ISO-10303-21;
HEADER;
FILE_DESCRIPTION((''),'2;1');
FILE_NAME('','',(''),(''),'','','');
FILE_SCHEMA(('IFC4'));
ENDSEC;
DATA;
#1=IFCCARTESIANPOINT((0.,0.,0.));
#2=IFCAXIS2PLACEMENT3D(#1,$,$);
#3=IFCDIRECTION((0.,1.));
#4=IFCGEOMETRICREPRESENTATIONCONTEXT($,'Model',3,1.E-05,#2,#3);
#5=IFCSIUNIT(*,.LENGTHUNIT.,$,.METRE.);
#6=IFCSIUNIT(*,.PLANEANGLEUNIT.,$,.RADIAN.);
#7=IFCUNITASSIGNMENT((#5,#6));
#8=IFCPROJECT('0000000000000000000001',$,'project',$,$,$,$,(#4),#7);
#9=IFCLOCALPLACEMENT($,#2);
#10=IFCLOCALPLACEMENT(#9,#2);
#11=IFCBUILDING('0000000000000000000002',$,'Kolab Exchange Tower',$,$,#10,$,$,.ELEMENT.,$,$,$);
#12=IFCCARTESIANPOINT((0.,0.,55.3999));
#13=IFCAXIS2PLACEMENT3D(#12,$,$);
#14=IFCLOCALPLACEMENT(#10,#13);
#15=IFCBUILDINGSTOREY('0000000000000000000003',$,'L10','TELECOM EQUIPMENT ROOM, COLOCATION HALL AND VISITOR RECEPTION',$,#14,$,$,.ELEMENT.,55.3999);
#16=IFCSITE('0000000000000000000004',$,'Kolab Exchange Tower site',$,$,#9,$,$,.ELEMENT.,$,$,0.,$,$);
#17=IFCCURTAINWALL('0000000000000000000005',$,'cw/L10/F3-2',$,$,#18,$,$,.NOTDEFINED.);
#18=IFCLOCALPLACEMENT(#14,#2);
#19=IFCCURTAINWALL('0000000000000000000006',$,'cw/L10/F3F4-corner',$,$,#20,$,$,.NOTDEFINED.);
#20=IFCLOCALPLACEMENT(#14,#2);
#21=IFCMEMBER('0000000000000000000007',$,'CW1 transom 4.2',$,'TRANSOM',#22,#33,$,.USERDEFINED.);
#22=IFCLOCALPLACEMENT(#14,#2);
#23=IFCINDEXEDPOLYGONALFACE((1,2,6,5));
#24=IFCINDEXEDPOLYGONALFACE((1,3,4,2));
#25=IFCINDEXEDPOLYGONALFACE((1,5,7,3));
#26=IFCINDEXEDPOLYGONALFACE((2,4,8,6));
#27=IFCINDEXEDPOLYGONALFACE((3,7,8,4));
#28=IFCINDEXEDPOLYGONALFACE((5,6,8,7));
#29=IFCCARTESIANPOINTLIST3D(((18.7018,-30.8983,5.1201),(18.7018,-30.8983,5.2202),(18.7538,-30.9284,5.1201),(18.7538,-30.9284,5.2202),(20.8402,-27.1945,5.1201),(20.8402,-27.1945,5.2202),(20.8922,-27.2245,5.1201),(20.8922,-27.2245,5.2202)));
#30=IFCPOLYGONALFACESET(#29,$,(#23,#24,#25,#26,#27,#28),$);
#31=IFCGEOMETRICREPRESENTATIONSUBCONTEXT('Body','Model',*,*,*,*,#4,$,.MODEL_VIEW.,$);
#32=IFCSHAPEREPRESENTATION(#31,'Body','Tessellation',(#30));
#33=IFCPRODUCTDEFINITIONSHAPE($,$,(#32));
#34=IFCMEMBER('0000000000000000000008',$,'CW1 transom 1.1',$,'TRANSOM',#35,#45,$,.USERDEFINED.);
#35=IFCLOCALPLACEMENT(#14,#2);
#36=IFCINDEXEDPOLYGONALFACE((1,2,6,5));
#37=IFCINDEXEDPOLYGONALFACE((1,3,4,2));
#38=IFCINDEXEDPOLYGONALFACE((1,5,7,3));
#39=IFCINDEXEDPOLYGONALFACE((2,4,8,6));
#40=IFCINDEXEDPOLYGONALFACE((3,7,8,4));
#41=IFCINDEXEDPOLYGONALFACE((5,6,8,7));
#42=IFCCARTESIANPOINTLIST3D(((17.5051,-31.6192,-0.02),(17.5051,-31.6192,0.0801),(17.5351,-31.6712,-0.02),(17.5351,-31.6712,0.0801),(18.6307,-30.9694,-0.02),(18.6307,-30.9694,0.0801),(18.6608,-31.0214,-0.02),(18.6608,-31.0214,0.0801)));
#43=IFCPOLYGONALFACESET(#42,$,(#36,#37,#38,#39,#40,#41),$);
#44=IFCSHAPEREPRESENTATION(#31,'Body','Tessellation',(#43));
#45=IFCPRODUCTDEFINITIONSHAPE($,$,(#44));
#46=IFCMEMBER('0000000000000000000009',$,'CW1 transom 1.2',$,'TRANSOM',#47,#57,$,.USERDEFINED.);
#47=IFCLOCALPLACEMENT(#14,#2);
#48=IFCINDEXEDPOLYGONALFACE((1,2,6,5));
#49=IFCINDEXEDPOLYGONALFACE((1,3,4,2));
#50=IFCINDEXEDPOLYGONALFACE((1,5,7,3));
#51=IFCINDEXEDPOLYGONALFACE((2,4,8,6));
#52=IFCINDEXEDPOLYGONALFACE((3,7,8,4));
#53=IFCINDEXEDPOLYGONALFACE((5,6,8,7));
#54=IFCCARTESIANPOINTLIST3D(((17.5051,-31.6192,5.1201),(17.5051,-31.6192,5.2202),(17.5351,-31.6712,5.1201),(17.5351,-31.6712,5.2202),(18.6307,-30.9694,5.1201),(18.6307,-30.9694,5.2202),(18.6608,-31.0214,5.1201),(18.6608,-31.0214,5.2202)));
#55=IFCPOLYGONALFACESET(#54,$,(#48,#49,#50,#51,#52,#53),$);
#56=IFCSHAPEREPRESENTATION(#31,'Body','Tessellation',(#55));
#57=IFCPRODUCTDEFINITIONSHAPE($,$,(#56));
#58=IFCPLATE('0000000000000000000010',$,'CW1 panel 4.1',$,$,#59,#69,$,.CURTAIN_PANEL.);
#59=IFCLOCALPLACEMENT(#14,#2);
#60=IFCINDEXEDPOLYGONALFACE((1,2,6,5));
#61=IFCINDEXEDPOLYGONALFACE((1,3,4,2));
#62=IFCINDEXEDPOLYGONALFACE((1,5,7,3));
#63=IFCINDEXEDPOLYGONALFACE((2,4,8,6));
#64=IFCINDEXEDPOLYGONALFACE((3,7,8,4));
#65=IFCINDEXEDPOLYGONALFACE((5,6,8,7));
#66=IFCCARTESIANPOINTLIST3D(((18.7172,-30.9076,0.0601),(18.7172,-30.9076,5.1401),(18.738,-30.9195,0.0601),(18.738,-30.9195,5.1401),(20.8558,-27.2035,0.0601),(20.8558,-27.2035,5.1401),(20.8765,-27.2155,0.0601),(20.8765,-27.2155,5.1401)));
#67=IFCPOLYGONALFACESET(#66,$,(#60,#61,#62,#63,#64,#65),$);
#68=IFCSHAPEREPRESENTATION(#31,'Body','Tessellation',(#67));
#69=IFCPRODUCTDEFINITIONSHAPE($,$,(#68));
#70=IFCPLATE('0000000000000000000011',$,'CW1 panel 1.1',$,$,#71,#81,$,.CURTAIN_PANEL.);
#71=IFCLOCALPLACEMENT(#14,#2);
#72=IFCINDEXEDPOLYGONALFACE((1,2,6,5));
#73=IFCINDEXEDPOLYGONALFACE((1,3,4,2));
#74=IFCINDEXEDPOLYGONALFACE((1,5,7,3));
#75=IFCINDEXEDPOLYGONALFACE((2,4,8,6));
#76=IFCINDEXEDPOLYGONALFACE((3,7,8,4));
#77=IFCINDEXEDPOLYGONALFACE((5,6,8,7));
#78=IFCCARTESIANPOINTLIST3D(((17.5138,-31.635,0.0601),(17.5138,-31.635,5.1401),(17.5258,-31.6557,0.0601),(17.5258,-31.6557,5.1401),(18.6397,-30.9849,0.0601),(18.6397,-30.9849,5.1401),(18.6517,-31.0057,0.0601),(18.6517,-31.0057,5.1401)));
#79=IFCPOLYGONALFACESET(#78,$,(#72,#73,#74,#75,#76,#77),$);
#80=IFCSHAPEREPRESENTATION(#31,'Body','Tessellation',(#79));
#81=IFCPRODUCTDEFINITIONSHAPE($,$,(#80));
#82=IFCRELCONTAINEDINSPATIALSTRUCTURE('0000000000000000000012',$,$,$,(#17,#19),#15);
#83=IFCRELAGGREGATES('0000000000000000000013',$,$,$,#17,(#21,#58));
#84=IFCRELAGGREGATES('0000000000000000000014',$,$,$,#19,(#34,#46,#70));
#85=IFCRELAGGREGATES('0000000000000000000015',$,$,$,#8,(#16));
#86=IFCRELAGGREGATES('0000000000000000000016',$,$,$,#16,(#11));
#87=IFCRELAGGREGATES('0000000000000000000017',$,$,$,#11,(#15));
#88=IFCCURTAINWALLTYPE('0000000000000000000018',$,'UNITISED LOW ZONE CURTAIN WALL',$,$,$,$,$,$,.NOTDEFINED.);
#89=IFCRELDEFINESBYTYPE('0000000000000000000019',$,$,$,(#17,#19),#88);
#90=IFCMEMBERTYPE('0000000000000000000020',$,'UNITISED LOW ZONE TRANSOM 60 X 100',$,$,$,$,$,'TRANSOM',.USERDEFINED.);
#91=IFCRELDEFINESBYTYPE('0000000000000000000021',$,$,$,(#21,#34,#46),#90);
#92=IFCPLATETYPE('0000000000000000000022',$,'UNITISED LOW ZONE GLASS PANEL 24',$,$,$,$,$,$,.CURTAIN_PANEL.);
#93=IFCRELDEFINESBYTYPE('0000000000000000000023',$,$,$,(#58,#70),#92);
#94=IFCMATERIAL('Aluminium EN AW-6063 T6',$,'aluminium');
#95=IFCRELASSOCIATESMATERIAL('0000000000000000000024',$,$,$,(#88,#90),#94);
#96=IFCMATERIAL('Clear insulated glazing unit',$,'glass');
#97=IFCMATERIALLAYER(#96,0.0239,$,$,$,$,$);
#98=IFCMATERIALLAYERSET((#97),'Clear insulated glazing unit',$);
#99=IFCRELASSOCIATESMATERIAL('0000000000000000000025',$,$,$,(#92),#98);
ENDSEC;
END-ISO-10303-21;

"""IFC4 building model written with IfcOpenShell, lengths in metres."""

from ifc_helpers import new_model, si_unit, direction, frame, origin, origin_2d, place, context, subcontext, project, spatial, rectangle, extrude, material, layer, layer_set, material_profile, profile_set, type_object, element, aggregate, save


model = new_model("IFC4")

# Units and contexts
model_context = context("Model", 3, precision=1e-05, world=origin(), true_north=direction((0.0, 1.0)))
body_context = subcontext(model_context, "Body", "Model", "MODEL_VIEW")
ifc_project = project(units=[si_unit("LENGTHUNIT", "METRE"), si_unit("PLANEANGLEUNIT", "RADIAN")], contexts=[model_context])

# Site, building, storey
site_placement = place(None, origin())
site = spatial("IfcSite", under=ifc_project, at=site_placement, Name="Kolab Exchange Tower site", CompositionType="ELEMENT", RefElevation=0.0)
building_placement = place(site_placement, origin())
building = spatial("IfcBuilding", under=site, at=building_placement, Name="Kolab Exchange Tower", CompositionType="ELEMENT")
storey_placement = place(building_placement, frame((0.0, 0.0, 55.3999)))
storey = spatial("IfcBuildingStorey", under=building, at=storey_placement, Name="L10", Description="TELECOM EQUIPMENT ROOM, COLOCATION HALL AND VISITOR RECEPTION", CompositionType="ELEMENT", Elevation=55.3999)

# Curtain wall
ifc_material_1 = material(Name="Aluminium EN AW-6063 T6", Category="aluminium")
curtain_wall_type = type_object("IfcCurtainWallType", Name="UNITISED LOW ZONE CURTAIN WALL", PredefinedType="NOTDEFINED", material=ifc_material_1)
curtain_wall_1_placement = place(storey_placement, origin())
curtain_wall_1 = element("IfcCurtainWall", 1, at=curtain_wall_1_placement, inside=storey, type_object=curtain_wall_type, Name="cw/L10/F3-2", PredefinedType="NOTDEFINED")

# Curtain wall
curtain_wall_2_placement = place(storey_placement, origin())
curtain_wall_2 = element("IfcCurtainWall", 2, at=curtain_wall_2_placement, inside=storey, type_object=curtain_wall_type, Name="cw/L10/F3F4-corner", PredefinedType="NOTDEFINED")

# Members
ifc_material_profile_1 = material_profile(ifc_material_1, rectangle(XDim=0.0601, YDim=0.1001, at=origin_2d()), Name="RECT 60X100")
ifc_profile_set_1 = profile_set([ifc_material_profile_1], Name="Aluminium EN AW-6063 T6")
member_type_1 = type_object("IfcMemberType", Name="UNITISED LOW ZONE TRANSOM 60 X 100", ElementType="TRANSOM", PredefinedType="USERDEFINED", material=ifc_profile_set_1)
member_1_placement = place(storey_placement, frame((20.8662, -27.2095, 5.1702), z_axis=(-0.500001, -0.866025, 0.0), x_axis=(0.866025, -0.500001, 0.0)))
member_1 = element("IfcMember", 3, at=member_1_placement, type_object=member_type_1, Name="CW1 transom 4.2", ObjectType="TRANSOM", PredefinedType="USERDEFINED", context=body_context, shape_type="SweptSolid", body=[
    extrude(rectangle(XDim=0.0601, YDim=0.1001, at=origin_2d()), origin(), (0.0, 0.0, 1.0), 4.2769),
])
member_2_placement = place(storey_placement, frame((18.6458, -30.9954, 0.03), z_axis=(-0.866039, -0.499977, 0.0), x_axis=(0.499977, -0.866039, 0.0)))
member_2 = element("IfcMember", 4, at=member_2_placement, type_object=member_type_1, Name="CW1 transom 1.1", ObjectType="TRANSOM", PredefinedType="USERDEFINED", context=body_context, shape_type="SweptSolid", body=[
    extrude(rectangle(XDim=0.0601, YDim=0.1001, at=origin_2d()), origin(), (0.0, 0.0, 1.0), 1.2998),
])
member_3_placement = place(storey_placement, frame((18.6458, -30.9954, 5.1702), z_axis=(-0.866039, -0.499977, 0.0), x_axis=(0.499977, -0.866039, 0.0)))
member_3 = element("IfcMember", 5, at=member_3_placement, type_object=member_type_1, Name="CW1 transom 1.2", ObjectType="TRANSOM", PredefinedType="USERDEFINED", context=body_context, shape_type="SweptSolid", body=[
    extrude(rectangle(XDim=0.0601, YDim=0.1001, at=origin_2d()), origin(), (0.0, 0.0, 1.0), 1.2998),
])

# Plates
ifc_material_2 = material(Name="Clear insulated glazing unit", Category="glass")
ifc_layer = layer(ifc_material_2, 0.0239)
ifc_layer_set = layer_set([ifc_layer], Name="Clear insulated glazing unit")
plate_type = type_object("IfcPlateType", Name="UNITISED LOW ZONE GLASS PANEL 24", PredefinedType="CURTAIN_PANEL", material=ifc_layer_set)
plate_1_placement = place(storey_placement, frame((19.7969, -29.0615, 0.0601), z_axis=(0.0, 0.0, 1.0), x_axis=(-0.5, -0.866025, 0.0)))
plate_1 = element("IfcPlate", 6, at=plate_1_placement, type_object=plate_type, Name="CW1 panel 4.1", PredefinedType="CURTAIN_PANEL", context=body_context, shape_type="SweptSolid", body=[
    extrude(rectangle(XDim=4.2771, YDim=0.0239, at=origin_2d()), origin(), (0.0, 0.0, 1.0), 5.0801),
])
aggregate(curtain_wall_1, [member_1, plate_1])
plate_2_placement = place(storey_placement, frame((18.0828, -31.3203, 0.0601), z_axis=(0.0, 0.0, 1.0), x_axis=(-0.866025, -0.5, 0.0)))
plate_2 = element("IfcPlate", 7, at=plate_2_placement, type_object=plate_type, Name="CW1 panel 1.1", PredefinedType="CURTAIN_PANEL", context=body_context, shape_type="SweptSolid", body=[
    extrude(rectangle(XDim=1.3, YDim=0.0239, at=origin_2d()), origin(), (0.0, 0.0, 1.0), 5.0801),
])
aggregate(curtain_wall_2, [member_2, member_3, plate_2])

save(model, "model.ifc")
